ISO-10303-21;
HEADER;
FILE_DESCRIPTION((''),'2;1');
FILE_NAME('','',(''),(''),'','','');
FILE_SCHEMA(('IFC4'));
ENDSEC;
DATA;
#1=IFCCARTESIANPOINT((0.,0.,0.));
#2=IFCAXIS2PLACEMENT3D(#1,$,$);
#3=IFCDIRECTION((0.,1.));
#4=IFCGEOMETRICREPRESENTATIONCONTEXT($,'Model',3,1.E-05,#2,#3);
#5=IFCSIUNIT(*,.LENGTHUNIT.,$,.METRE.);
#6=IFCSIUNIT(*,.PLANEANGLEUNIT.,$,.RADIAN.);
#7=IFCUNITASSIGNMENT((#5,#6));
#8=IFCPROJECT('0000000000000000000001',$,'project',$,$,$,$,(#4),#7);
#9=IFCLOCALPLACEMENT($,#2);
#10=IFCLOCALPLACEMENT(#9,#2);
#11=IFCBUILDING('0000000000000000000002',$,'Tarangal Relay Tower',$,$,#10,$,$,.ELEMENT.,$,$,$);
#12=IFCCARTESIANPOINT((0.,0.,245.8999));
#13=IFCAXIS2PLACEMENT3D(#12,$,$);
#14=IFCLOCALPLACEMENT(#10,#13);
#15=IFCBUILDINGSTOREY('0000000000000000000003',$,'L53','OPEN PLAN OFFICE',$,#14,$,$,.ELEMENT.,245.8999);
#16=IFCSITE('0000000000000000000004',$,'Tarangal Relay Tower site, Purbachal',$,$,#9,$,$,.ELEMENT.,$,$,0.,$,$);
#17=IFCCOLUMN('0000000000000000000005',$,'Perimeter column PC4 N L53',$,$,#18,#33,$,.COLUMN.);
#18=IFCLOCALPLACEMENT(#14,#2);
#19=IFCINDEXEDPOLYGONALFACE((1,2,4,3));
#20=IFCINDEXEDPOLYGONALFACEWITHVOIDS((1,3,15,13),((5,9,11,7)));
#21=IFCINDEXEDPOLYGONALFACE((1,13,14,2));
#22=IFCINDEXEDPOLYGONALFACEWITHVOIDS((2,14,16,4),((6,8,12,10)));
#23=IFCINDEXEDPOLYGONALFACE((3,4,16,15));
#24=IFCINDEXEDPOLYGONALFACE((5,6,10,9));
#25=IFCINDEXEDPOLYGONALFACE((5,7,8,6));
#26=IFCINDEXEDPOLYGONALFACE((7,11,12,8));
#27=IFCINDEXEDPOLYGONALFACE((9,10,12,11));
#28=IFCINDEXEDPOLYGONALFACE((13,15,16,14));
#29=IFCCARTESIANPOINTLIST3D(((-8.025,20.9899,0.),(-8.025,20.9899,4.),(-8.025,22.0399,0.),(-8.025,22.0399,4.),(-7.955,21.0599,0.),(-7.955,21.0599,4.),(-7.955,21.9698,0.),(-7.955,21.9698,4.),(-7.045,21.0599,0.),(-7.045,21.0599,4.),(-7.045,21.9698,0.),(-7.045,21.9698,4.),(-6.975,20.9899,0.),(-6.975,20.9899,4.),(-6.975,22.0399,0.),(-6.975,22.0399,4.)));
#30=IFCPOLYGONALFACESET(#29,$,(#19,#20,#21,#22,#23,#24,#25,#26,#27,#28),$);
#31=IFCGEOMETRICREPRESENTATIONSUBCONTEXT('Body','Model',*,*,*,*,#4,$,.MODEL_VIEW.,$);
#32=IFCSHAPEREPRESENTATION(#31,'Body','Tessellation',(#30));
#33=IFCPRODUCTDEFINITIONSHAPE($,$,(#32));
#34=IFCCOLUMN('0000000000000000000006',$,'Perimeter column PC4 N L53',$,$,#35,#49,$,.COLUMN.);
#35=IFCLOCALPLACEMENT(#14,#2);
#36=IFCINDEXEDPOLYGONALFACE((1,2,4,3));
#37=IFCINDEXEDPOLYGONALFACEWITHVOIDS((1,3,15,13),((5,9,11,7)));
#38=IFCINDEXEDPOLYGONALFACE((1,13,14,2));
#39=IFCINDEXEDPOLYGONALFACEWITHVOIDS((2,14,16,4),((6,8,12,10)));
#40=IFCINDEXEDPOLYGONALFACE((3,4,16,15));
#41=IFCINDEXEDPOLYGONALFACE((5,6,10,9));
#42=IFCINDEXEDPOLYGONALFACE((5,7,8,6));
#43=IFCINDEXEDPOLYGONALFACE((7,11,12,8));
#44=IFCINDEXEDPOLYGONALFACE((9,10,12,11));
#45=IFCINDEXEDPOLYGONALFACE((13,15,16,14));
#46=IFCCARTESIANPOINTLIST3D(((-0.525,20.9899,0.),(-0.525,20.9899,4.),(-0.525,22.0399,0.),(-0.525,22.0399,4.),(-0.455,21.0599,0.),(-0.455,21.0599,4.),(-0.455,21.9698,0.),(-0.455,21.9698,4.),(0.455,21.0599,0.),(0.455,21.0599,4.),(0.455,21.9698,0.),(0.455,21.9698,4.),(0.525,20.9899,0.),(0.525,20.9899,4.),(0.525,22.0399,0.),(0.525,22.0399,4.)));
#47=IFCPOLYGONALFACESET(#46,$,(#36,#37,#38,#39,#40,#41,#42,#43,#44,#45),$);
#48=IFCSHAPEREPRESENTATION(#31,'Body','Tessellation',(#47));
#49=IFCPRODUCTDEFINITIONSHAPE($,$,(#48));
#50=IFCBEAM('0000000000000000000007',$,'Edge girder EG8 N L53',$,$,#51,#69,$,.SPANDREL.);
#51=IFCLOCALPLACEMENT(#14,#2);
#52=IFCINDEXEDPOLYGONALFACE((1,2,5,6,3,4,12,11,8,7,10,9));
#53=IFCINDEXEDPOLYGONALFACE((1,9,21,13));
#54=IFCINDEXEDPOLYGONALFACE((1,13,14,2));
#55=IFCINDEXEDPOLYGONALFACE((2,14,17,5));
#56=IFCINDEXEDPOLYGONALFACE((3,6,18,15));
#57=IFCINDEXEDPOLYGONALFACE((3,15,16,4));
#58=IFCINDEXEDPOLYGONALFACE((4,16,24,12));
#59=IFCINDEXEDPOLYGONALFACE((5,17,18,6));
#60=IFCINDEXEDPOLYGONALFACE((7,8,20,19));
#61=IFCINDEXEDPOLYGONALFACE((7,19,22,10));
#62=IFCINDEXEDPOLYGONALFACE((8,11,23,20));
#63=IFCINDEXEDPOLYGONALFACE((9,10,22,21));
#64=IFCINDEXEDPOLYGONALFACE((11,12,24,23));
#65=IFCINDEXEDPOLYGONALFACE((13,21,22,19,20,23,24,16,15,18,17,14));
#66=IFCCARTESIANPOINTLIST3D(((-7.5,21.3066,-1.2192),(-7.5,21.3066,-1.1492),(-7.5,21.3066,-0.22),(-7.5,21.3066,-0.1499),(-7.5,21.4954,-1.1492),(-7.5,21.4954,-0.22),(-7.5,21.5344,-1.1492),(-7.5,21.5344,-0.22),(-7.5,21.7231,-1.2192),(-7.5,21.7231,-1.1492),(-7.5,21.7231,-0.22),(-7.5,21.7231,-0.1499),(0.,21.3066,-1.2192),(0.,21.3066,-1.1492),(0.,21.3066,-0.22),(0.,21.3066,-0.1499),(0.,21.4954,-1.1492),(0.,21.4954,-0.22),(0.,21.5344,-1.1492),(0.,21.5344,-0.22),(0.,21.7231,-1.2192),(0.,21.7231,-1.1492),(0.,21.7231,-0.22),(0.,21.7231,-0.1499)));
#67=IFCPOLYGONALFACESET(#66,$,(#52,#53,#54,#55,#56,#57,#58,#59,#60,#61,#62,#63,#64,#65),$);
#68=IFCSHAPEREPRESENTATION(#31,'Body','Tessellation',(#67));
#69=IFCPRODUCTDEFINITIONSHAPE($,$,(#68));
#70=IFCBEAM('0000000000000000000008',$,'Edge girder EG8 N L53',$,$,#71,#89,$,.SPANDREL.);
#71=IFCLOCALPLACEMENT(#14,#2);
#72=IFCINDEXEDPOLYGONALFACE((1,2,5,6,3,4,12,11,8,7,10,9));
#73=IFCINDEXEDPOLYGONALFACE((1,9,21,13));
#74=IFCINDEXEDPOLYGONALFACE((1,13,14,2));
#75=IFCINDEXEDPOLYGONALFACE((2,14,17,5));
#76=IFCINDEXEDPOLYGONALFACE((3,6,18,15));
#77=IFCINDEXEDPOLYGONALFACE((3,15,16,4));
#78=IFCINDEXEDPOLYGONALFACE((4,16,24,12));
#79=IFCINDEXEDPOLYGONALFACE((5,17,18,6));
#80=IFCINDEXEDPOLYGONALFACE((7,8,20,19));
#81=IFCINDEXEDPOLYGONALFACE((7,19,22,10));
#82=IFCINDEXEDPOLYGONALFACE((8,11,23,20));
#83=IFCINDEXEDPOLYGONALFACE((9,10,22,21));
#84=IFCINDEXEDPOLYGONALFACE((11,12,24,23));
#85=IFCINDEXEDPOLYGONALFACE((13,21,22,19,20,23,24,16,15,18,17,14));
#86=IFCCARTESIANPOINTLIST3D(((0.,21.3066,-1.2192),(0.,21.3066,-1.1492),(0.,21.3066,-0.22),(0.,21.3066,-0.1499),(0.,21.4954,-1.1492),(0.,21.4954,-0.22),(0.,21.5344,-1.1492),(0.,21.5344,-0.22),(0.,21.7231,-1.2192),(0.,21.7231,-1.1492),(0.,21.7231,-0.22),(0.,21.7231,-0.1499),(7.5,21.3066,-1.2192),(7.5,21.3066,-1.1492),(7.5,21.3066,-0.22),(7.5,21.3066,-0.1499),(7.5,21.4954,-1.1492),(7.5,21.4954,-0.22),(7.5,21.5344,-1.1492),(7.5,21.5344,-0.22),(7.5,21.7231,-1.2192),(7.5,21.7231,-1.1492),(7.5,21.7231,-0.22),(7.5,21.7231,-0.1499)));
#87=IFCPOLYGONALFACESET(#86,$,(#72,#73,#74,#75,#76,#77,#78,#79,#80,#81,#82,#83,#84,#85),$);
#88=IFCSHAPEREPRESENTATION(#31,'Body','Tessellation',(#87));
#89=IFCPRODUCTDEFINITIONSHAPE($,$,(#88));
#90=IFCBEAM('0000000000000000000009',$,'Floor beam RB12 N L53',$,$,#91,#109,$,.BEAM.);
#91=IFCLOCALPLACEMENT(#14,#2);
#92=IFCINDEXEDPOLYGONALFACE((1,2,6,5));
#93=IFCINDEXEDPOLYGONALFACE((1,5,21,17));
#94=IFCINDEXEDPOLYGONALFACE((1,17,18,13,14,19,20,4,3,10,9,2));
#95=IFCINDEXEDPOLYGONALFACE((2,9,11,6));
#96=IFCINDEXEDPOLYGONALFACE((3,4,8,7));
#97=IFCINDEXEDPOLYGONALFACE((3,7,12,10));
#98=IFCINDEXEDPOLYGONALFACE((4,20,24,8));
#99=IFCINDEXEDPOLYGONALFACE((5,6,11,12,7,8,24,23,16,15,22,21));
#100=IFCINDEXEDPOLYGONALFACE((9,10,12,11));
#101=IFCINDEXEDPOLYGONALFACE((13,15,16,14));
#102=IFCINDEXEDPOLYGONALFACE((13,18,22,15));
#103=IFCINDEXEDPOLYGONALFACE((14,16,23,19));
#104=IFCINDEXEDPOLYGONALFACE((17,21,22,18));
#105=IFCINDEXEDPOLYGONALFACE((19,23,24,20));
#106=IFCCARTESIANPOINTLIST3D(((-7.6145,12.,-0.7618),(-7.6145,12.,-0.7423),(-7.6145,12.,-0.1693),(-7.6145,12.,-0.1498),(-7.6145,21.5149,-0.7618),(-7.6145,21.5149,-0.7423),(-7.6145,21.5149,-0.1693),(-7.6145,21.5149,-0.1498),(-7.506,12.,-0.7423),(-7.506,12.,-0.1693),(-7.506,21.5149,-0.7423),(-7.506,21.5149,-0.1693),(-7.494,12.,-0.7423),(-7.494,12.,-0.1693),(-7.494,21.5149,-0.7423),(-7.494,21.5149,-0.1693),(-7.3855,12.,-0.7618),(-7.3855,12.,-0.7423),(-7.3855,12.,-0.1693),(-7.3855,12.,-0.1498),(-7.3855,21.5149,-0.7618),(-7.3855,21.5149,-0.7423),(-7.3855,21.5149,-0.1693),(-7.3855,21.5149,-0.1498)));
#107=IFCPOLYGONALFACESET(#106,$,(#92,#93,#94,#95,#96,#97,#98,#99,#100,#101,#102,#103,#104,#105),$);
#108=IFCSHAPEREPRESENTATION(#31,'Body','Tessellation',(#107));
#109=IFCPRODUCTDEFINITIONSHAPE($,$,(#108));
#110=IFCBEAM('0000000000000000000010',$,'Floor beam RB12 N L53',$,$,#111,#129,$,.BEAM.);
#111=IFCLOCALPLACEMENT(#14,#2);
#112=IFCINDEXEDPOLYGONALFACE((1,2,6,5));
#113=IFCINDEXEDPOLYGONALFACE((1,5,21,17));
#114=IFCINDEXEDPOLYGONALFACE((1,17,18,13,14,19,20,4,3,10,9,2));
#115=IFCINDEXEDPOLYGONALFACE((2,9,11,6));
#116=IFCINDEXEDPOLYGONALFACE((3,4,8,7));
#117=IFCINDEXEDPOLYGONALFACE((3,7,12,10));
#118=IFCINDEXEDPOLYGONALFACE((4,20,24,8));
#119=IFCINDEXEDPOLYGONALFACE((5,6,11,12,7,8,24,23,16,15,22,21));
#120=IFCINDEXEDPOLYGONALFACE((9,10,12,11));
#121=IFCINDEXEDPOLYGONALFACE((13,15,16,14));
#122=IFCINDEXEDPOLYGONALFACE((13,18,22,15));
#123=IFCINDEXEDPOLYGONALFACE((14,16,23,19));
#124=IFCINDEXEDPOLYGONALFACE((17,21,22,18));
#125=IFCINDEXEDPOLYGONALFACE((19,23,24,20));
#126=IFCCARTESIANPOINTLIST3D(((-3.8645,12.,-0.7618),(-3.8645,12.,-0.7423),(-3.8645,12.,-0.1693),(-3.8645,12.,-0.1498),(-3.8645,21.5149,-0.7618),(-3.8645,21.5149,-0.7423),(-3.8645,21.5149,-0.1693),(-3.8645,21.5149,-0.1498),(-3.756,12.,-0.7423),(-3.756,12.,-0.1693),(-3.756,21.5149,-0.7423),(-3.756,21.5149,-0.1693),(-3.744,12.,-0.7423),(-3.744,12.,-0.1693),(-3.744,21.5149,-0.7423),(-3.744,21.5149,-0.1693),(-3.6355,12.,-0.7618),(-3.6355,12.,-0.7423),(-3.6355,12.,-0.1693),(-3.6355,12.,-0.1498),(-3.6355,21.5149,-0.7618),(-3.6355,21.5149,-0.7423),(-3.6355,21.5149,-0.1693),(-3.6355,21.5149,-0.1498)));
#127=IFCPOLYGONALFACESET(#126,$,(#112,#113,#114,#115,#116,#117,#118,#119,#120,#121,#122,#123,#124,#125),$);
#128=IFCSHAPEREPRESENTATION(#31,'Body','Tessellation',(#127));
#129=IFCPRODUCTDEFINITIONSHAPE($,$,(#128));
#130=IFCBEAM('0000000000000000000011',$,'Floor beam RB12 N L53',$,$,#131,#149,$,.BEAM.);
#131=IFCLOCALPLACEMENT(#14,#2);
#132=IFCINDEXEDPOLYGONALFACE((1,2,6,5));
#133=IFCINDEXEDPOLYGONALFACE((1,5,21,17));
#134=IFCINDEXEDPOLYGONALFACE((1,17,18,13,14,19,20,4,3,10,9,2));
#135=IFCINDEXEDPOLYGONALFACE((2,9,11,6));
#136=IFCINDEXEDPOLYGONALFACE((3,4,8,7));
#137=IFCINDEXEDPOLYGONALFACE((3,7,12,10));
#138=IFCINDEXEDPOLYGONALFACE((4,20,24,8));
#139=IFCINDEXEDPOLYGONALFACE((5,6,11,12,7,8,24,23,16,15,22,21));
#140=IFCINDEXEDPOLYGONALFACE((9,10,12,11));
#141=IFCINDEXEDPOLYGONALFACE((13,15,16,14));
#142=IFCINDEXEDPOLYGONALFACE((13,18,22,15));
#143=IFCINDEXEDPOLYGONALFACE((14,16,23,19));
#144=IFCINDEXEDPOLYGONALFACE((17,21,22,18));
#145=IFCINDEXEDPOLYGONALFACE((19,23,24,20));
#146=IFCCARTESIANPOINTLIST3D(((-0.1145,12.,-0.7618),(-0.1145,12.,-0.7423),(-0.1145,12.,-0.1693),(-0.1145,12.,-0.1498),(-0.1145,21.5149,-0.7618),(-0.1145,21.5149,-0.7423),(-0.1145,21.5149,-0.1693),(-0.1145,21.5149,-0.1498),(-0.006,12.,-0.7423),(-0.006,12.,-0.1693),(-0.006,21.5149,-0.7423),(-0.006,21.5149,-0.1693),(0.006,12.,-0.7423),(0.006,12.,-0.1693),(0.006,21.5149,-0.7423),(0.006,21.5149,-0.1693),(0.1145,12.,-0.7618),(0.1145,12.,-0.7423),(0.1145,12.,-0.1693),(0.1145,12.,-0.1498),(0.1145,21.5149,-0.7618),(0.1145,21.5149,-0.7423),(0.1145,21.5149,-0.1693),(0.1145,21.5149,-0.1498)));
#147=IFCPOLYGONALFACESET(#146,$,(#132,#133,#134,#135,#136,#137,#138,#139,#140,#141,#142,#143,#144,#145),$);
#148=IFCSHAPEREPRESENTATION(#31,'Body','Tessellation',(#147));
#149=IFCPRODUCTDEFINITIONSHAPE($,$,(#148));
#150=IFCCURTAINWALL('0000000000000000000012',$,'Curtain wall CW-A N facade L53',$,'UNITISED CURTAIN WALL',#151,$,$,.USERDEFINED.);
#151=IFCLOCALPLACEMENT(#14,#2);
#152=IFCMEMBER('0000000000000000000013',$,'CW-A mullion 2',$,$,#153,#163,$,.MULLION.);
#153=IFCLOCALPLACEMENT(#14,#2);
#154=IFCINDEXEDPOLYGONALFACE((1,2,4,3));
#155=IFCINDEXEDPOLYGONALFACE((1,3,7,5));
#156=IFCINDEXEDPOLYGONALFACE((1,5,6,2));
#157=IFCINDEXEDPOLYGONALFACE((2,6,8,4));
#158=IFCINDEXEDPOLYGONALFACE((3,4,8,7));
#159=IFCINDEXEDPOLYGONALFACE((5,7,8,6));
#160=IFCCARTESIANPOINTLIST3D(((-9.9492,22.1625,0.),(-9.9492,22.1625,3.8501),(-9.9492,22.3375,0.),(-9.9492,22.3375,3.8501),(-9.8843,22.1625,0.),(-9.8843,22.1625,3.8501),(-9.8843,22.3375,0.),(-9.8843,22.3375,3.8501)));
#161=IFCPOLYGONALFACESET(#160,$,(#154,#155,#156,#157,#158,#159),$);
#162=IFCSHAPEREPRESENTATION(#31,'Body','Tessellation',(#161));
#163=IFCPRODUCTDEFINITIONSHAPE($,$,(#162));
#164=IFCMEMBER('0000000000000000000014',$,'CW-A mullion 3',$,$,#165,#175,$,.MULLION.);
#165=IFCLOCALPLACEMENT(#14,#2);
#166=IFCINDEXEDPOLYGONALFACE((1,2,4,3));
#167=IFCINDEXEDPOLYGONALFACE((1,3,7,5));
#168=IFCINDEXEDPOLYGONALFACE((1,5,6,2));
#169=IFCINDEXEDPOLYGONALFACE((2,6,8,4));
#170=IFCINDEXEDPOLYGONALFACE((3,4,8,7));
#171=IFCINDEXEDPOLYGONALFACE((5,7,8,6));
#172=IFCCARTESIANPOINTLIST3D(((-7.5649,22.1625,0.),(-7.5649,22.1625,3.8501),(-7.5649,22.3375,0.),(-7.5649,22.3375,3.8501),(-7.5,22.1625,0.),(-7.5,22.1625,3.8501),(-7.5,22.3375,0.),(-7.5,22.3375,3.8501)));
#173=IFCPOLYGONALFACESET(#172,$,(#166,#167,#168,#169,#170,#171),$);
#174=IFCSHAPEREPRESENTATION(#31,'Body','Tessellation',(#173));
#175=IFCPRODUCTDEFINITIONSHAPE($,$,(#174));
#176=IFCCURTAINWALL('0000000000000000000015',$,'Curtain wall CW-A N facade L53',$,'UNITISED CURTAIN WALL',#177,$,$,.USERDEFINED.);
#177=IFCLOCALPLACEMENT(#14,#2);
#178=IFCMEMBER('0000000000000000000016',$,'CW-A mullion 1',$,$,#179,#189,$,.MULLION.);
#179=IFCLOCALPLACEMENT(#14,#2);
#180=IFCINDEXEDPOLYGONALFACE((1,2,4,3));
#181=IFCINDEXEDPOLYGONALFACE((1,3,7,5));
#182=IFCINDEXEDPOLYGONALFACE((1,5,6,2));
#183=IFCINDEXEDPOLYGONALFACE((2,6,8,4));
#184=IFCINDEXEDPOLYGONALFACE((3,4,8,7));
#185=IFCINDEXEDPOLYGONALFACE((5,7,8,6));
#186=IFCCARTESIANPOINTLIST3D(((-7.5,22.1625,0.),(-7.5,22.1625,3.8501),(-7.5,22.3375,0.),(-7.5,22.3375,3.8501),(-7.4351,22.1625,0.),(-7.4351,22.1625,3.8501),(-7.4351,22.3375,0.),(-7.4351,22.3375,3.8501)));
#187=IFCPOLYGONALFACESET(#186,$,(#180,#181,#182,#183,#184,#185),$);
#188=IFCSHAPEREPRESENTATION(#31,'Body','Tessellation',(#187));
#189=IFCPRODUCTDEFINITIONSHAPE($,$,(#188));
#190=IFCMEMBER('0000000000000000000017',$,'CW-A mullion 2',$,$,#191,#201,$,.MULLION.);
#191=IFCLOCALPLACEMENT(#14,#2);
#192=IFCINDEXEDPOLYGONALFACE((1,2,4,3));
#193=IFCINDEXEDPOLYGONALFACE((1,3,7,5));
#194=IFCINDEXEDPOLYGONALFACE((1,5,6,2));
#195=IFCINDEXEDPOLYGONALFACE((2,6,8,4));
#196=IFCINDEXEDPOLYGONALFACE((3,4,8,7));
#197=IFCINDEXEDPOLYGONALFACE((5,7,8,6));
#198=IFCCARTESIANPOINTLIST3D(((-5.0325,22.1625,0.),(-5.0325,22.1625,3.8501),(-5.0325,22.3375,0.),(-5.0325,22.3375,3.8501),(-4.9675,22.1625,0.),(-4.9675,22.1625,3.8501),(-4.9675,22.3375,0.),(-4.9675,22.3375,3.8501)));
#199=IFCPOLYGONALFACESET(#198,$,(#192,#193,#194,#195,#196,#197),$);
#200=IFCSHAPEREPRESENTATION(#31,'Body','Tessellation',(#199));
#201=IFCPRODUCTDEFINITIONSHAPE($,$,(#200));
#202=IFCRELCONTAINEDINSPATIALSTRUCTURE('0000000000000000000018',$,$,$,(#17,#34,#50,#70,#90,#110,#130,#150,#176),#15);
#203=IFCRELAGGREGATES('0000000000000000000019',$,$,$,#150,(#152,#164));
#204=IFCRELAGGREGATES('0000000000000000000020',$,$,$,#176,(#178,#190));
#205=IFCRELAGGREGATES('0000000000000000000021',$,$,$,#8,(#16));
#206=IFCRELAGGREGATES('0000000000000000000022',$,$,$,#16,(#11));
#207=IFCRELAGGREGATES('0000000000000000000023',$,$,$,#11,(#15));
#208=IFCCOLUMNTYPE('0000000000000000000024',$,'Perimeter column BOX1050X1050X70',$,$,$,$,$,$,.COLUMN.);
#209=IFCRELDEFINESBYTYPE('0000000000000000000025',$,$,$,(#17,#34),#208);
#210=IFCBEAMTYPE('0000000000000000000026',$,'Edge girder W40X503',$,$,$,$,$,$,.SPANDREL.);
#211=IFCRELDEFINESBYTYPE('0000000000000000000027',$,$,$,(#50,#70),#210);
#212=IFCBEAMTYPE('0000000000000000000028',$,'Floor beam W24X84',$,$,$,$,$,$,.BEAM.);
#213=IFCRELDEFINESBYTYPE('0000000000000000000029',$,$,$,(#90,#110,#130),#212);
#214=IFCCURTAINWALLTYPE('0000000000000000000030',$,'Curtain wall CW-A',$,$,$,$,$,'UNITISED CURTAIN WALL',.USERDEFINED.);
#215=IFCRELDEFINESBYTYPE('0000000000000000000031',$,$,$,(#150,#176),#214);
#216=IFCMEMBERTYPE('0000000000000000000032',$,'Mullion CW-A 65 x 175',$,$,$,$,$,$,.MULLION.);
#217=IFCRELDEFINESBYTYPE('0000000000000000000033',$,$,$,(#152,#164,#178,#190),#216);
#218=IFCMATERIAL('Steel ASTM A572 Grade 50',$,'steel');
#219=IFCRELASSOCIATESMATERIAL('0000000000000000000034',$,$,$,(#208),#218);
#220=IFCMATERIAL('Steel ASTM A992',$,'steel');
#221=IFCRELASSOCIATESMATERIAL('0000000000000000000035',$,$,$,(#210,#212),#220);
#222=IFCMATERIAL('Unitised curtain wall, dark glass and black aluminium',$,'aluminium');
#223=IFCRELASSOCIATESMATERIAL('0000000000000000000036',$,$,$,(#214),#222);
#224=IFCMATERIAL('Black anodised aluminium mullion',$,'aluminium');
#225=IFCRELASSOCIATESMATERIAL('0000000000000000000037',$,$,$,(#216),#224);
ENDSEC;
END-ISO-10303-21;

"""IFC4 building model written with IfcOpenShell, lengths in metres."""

from ifc_helpers import new_model, si_unit, direction, frame, origin, origin_2d, place, context, subcontext, project, spatial, rectangle, hollow_rectangle, i_section, extrude, material, material_profile, profile_set, type_object, element, aggregate, save


model = new_model("IFC4")

# Units and contexts
model_context = context("Model", 3, precision=1e-05, world=origin(), true_north=direction((0.0, 1.0)))
body_context = subcontext(model_context, "Body", "Model", "MODEL_VIEW")
ifc_project = project(units=[si_unit("LENGTHUNIT", "METRE"), si_unit("PLANEANGLEUNIT", "RADIAN")], contexts=[model_context])

# Site, building, storey
site_placement = place(None, origin())
site = spatial("IfcSite", under=ifc_project, at=site_placement, Name="Tarangal Relay Tower site, Purbachal", CompositionType="ELEMENT", RefElevation=0.0)
building_placement = place(site_placement, origin())
building = spatial("IfcBuilding", under=site, at=building_placement, Name="Tarangal Relay Tower", CompositionType="ELEMENT")
storey_placement = place(building_placement, frame((0.0, 0.0, 245.8999)))
storey = spatial("IfcBuildingStorey", under=building, at=storey_placement, Name="L53", Description="OPEN PLAN OFFICE", CompositionType="ELEMENT", Elevation=245.8999)

# Columns
ifc_material_1 = material(Name="Steel ASTM A572 Grade 50", Category="steel")
ifc_material_profile_1 = material_profile(ifc_material_1, hollow_rectangle(XDim=1.05, YDim=1.05, WallThickness=0.0701, at=origin_2d()), Name="BOX1050X1050X70")
ifc_profile_set_1 = profile_set([ifc_material_profile_1], Name="Steel ASTM A572 Grade 50")
column_type = type_object("IfcColumnType", Name="Perimeter column BOX1050X1050X70", PredefinedType="COLUMN", material=ifc_profile_set_1)
for number, where, z_axis, x_axis, name in (
    (1, (-7.5, 21.5149, 0.0), (0.0, 0.0, 1.0), (1.0, 0.0, 0.0), "Perimeter column PC4 N L53"),
    (2, (0.0, 21.5149, 0.0), (0.0, 0.0, 1.0), (1.0, 0.0, 0.0), "Perimeter column PC4 N L53"),
):
    element("IfcColumn", number, at=place(storey_placement, frame(where, z_axis=z_axis, x_axis=x_axis)), inside=storey, type_object=column_type, Name=name, PredefinedType="COLUMN", context=body_context, shape_type="SweptSolid", body=[
        extrude(hollow_rectangle(XDim=1.05, YDim=1.05, WallThickness=0.0701, at=origin_2d()), origin(), (0.0, 0.0, 1.0), 4.0),
    ])

# Beams
ifc_material_2 = material(Name="Steel ASTM A992", Category="steel")
ifc_material_profile_2 = material_profile(ifc_material_2, i_section(OverallWidth=0.4165, OverallDepth=1.0693, WebThickness=0.0391, FlangeThickness=0.0701, at=origin_2d()), Name="W40X503")
ifc_profile_set_2 = profile_set([ifc_material_profile_2], Name="Steel ASTM A992")
beam_type_1 = type_object("IfcBeamType", Name="Edge girder W40X503", PredefinedType="SPANDREL", material=ifc_profile_set_2)
for number, where, z_axis, x_axis, name in (
    (3, (-7.5, 21.5149, -0.6846), (1.0, 0.0, 0.0), (0.0, 1.0, 0.0), "Edge girder EG8 N L53"),
    (4, (0.0, 21.5149, -0.6846), (1.0, 0.0, 0.0), (0.0, 1.0, 0.0), "Edge girder EG8 N L53"),
):
    element("IfcBeam", number, at=place(storey_placement, frame(where, z_axis=z_axis, x_axis=x_axis)), inside=storey, type_object=beam_type_1, Name=name, PredefinedType="SPANDREL", context=body_context, shape_type="SweptSolid", body=[
        extrude(i_section(OverallWidth=0.4165, OverallDepth=1.0693, WebThickness=0.0391, FlangeThickness=0.0701, at=origin_2d()), origin(), (0.0, 0.0, 1.0), 7.5),
    ])
ifc_material_profile_3 = material_profile(ifc_material_2, i_section(OverallWidth=0.229, OverallDepth=0.6121, WebThickness=0.012, FlangeThickness=0.0195, at=origin_2d()), Name="W24X84")
ifc_profile_set_3 = profile_set([ifc_material_profile_3], Name="Steel ASTM A992")
beam_type_2 = type_object("IfcBeamType", Name="Floor beam W24X84", PredefinedType="BEAM", material=ifc_profile_set_3)
for number, where, z_axis, x_axis, name in (
    (5, (-7.5, 12.0, -0.4558), (0.0, 1.0, 0.0), (-1.0, 0.0, 0.0), "Floor beam RB12 N L53"),
    (6, (-3.75, 12.0, -0.4558), (0.0, 1.0, 0.0), (-1.0, 0.0, 0.0), "Floor beam RB12 N L53"),
    (7, (0.0, 12.0, -0.4558), (0.0, 1.0, 0.0), (-1.0, 0.0, 0.0), "Floor beam RB12 N L53"),
):
    element("IfcBeam", number, at=place(storey_placement, frame(where, z_axis=z_axis, x_axis=x_axis)), inside=storey, type_object=beam_type_2, Name=name, PredefinedType="BEAM", context=body_context, shape_type="SweptSolid", body=[
        extrude(i_section(OverallWidth=0.229, OverallDepth=0.6121, WebThickness=0.012, FlangeThickness=0.0195, at=origin_2d()), origin(), (0.0, 0.0, 1.0), 9.5149),
    ])

# Curtain walls, members
ifc_material_3 = material(Name="Unitised curtain wall, dark glass and black aluminium", Category="aluminium")
curtain_wall_type = type_object("IfcCurtainWallType", Name="Curtain wall CW-A", ElementType="UNITISED CURTAIN WALL", PredefinedType="USERDEFINED", material=ifc_material_3)
curtain_wall_1_placement = place(storey_placement, origin())
curtain_wall_1 = element("IfcCurtainWall", 8, at=curtain_wall_1_placement, inside=storey, type_object=curtain_wall_type, Name="Curtain wall CW-A N facade L53", ObjectType="UNITISED CURTAIN WALL", PredefinedType="USERDEFINED")
ifc_material_4 = material(Name="Black anodised aluminium mullion", Category="aluminium")
ifc_material_profile_4 = material_profile(ifc_material_4, rectangle(XDim=0.175, YDim=0.0649, at=origin_2d()), Name="CW-AM 65X175")
ifc_profile_set_4 = profile_set([ifc_material_profile_4], Name="Black anodised aluminium mullion")
member_type_1 = type_object("IfcMemberType", Name="Mullion CW-A 65 x 175", PredefinedType="MULLION", material=ifc_profile_set_4)
member_1_placement = place(storey_placement, frame((-9.9167, 22.25, 0.0), z_axis=(0.0, 0.0, 1.0), x_axis=(0.0, 1.0, 0.0)))
member_1 = element("IfcMember", 9, at=member_1_placement, type_object=member_type_1, Name="CW-A mullion 2", PredefinedType="MULLION", context=body_context, shape_type="SweptSolid", body=[
    extrude(rectangle(XDim=0.175, YDim=0.0649, at=origin_2d()), origin(), (0.0, 0.0, 1.0), 3.8501),
])
member_2_placement = place(storey_placement, frame((-7.5325, 22.25, 0.0), z_axis=(0.0, 0.0, 1.0), x_axis=(0.0, 1.0, 0.0)))
member_2 = element("IfcMember", 10, at=member_2_placement, type_object=member_type_1, Name="CW-A mullion 3", PredefinedType="MULLION", context=body_context, shape_type="SweptSolid", body=[
    extrude(rectangle(XDim=0.175, YDim=0.0649, at=origin_2d()), origin(), (0.0, 0.0, 1.0), 3.8501),
])
curtain_wall_2_placement = place(storey_placement, origin())
curtain_wall_2 = element("IfcCurtainWall", 11, at=curtain_wall_2_placement, inside=storey, type_object=curtain_wall_type, Name="Curtain wall CW-A N facade L53", ObjectType="UNITISED CURTAIN WALL", PredefinedType="USERDEFINED")
member_3_placement = place(storey_placement, frame((-7.4675, 22.25, 0.0), z_axis=(0.0, 0.0, 1.0), x_axis=(0.0, 1.0, 0.0)))
member_3 = element("IfcMember", 12, at=member_3_placement, type_object=member_type_1, Name="CW-A mullion 1", PredefinedType="MULLION", context=body_context, shape_type="SweptSolid", body=[
    extrude(rectangle(XDim=0.175, YDim=0.0649, at=origin_2d()), origin(), (0.0, 0.0, 1.0), 3.8501),
])
member_4_placement = place(storey_placement, frame((-5.0, 22.25, 0.0), z_axis=(0.0, 0.0, 1.0), x_axis=(0.0, 1.0, 0.0)))
member_4 = element("IfcMember", 13, at=member_4_placement, type_object=member_type_1, Name="CW-A mullion 2", PredefinedType="MULLION", context=body_context, shape_type="SweptSolid", body=[
    extrude(rectangle(XDim=0.175, YDim=0.0649, at=origin_2d()), origin(), (0.0, 0.0, 1.0), 3.8501),
])

aggregate(curtain_wall_1, [member_1, member_2])
aggregate(curtain_wall_2, [member_3, member_4])

save(model, "model.ifc")
